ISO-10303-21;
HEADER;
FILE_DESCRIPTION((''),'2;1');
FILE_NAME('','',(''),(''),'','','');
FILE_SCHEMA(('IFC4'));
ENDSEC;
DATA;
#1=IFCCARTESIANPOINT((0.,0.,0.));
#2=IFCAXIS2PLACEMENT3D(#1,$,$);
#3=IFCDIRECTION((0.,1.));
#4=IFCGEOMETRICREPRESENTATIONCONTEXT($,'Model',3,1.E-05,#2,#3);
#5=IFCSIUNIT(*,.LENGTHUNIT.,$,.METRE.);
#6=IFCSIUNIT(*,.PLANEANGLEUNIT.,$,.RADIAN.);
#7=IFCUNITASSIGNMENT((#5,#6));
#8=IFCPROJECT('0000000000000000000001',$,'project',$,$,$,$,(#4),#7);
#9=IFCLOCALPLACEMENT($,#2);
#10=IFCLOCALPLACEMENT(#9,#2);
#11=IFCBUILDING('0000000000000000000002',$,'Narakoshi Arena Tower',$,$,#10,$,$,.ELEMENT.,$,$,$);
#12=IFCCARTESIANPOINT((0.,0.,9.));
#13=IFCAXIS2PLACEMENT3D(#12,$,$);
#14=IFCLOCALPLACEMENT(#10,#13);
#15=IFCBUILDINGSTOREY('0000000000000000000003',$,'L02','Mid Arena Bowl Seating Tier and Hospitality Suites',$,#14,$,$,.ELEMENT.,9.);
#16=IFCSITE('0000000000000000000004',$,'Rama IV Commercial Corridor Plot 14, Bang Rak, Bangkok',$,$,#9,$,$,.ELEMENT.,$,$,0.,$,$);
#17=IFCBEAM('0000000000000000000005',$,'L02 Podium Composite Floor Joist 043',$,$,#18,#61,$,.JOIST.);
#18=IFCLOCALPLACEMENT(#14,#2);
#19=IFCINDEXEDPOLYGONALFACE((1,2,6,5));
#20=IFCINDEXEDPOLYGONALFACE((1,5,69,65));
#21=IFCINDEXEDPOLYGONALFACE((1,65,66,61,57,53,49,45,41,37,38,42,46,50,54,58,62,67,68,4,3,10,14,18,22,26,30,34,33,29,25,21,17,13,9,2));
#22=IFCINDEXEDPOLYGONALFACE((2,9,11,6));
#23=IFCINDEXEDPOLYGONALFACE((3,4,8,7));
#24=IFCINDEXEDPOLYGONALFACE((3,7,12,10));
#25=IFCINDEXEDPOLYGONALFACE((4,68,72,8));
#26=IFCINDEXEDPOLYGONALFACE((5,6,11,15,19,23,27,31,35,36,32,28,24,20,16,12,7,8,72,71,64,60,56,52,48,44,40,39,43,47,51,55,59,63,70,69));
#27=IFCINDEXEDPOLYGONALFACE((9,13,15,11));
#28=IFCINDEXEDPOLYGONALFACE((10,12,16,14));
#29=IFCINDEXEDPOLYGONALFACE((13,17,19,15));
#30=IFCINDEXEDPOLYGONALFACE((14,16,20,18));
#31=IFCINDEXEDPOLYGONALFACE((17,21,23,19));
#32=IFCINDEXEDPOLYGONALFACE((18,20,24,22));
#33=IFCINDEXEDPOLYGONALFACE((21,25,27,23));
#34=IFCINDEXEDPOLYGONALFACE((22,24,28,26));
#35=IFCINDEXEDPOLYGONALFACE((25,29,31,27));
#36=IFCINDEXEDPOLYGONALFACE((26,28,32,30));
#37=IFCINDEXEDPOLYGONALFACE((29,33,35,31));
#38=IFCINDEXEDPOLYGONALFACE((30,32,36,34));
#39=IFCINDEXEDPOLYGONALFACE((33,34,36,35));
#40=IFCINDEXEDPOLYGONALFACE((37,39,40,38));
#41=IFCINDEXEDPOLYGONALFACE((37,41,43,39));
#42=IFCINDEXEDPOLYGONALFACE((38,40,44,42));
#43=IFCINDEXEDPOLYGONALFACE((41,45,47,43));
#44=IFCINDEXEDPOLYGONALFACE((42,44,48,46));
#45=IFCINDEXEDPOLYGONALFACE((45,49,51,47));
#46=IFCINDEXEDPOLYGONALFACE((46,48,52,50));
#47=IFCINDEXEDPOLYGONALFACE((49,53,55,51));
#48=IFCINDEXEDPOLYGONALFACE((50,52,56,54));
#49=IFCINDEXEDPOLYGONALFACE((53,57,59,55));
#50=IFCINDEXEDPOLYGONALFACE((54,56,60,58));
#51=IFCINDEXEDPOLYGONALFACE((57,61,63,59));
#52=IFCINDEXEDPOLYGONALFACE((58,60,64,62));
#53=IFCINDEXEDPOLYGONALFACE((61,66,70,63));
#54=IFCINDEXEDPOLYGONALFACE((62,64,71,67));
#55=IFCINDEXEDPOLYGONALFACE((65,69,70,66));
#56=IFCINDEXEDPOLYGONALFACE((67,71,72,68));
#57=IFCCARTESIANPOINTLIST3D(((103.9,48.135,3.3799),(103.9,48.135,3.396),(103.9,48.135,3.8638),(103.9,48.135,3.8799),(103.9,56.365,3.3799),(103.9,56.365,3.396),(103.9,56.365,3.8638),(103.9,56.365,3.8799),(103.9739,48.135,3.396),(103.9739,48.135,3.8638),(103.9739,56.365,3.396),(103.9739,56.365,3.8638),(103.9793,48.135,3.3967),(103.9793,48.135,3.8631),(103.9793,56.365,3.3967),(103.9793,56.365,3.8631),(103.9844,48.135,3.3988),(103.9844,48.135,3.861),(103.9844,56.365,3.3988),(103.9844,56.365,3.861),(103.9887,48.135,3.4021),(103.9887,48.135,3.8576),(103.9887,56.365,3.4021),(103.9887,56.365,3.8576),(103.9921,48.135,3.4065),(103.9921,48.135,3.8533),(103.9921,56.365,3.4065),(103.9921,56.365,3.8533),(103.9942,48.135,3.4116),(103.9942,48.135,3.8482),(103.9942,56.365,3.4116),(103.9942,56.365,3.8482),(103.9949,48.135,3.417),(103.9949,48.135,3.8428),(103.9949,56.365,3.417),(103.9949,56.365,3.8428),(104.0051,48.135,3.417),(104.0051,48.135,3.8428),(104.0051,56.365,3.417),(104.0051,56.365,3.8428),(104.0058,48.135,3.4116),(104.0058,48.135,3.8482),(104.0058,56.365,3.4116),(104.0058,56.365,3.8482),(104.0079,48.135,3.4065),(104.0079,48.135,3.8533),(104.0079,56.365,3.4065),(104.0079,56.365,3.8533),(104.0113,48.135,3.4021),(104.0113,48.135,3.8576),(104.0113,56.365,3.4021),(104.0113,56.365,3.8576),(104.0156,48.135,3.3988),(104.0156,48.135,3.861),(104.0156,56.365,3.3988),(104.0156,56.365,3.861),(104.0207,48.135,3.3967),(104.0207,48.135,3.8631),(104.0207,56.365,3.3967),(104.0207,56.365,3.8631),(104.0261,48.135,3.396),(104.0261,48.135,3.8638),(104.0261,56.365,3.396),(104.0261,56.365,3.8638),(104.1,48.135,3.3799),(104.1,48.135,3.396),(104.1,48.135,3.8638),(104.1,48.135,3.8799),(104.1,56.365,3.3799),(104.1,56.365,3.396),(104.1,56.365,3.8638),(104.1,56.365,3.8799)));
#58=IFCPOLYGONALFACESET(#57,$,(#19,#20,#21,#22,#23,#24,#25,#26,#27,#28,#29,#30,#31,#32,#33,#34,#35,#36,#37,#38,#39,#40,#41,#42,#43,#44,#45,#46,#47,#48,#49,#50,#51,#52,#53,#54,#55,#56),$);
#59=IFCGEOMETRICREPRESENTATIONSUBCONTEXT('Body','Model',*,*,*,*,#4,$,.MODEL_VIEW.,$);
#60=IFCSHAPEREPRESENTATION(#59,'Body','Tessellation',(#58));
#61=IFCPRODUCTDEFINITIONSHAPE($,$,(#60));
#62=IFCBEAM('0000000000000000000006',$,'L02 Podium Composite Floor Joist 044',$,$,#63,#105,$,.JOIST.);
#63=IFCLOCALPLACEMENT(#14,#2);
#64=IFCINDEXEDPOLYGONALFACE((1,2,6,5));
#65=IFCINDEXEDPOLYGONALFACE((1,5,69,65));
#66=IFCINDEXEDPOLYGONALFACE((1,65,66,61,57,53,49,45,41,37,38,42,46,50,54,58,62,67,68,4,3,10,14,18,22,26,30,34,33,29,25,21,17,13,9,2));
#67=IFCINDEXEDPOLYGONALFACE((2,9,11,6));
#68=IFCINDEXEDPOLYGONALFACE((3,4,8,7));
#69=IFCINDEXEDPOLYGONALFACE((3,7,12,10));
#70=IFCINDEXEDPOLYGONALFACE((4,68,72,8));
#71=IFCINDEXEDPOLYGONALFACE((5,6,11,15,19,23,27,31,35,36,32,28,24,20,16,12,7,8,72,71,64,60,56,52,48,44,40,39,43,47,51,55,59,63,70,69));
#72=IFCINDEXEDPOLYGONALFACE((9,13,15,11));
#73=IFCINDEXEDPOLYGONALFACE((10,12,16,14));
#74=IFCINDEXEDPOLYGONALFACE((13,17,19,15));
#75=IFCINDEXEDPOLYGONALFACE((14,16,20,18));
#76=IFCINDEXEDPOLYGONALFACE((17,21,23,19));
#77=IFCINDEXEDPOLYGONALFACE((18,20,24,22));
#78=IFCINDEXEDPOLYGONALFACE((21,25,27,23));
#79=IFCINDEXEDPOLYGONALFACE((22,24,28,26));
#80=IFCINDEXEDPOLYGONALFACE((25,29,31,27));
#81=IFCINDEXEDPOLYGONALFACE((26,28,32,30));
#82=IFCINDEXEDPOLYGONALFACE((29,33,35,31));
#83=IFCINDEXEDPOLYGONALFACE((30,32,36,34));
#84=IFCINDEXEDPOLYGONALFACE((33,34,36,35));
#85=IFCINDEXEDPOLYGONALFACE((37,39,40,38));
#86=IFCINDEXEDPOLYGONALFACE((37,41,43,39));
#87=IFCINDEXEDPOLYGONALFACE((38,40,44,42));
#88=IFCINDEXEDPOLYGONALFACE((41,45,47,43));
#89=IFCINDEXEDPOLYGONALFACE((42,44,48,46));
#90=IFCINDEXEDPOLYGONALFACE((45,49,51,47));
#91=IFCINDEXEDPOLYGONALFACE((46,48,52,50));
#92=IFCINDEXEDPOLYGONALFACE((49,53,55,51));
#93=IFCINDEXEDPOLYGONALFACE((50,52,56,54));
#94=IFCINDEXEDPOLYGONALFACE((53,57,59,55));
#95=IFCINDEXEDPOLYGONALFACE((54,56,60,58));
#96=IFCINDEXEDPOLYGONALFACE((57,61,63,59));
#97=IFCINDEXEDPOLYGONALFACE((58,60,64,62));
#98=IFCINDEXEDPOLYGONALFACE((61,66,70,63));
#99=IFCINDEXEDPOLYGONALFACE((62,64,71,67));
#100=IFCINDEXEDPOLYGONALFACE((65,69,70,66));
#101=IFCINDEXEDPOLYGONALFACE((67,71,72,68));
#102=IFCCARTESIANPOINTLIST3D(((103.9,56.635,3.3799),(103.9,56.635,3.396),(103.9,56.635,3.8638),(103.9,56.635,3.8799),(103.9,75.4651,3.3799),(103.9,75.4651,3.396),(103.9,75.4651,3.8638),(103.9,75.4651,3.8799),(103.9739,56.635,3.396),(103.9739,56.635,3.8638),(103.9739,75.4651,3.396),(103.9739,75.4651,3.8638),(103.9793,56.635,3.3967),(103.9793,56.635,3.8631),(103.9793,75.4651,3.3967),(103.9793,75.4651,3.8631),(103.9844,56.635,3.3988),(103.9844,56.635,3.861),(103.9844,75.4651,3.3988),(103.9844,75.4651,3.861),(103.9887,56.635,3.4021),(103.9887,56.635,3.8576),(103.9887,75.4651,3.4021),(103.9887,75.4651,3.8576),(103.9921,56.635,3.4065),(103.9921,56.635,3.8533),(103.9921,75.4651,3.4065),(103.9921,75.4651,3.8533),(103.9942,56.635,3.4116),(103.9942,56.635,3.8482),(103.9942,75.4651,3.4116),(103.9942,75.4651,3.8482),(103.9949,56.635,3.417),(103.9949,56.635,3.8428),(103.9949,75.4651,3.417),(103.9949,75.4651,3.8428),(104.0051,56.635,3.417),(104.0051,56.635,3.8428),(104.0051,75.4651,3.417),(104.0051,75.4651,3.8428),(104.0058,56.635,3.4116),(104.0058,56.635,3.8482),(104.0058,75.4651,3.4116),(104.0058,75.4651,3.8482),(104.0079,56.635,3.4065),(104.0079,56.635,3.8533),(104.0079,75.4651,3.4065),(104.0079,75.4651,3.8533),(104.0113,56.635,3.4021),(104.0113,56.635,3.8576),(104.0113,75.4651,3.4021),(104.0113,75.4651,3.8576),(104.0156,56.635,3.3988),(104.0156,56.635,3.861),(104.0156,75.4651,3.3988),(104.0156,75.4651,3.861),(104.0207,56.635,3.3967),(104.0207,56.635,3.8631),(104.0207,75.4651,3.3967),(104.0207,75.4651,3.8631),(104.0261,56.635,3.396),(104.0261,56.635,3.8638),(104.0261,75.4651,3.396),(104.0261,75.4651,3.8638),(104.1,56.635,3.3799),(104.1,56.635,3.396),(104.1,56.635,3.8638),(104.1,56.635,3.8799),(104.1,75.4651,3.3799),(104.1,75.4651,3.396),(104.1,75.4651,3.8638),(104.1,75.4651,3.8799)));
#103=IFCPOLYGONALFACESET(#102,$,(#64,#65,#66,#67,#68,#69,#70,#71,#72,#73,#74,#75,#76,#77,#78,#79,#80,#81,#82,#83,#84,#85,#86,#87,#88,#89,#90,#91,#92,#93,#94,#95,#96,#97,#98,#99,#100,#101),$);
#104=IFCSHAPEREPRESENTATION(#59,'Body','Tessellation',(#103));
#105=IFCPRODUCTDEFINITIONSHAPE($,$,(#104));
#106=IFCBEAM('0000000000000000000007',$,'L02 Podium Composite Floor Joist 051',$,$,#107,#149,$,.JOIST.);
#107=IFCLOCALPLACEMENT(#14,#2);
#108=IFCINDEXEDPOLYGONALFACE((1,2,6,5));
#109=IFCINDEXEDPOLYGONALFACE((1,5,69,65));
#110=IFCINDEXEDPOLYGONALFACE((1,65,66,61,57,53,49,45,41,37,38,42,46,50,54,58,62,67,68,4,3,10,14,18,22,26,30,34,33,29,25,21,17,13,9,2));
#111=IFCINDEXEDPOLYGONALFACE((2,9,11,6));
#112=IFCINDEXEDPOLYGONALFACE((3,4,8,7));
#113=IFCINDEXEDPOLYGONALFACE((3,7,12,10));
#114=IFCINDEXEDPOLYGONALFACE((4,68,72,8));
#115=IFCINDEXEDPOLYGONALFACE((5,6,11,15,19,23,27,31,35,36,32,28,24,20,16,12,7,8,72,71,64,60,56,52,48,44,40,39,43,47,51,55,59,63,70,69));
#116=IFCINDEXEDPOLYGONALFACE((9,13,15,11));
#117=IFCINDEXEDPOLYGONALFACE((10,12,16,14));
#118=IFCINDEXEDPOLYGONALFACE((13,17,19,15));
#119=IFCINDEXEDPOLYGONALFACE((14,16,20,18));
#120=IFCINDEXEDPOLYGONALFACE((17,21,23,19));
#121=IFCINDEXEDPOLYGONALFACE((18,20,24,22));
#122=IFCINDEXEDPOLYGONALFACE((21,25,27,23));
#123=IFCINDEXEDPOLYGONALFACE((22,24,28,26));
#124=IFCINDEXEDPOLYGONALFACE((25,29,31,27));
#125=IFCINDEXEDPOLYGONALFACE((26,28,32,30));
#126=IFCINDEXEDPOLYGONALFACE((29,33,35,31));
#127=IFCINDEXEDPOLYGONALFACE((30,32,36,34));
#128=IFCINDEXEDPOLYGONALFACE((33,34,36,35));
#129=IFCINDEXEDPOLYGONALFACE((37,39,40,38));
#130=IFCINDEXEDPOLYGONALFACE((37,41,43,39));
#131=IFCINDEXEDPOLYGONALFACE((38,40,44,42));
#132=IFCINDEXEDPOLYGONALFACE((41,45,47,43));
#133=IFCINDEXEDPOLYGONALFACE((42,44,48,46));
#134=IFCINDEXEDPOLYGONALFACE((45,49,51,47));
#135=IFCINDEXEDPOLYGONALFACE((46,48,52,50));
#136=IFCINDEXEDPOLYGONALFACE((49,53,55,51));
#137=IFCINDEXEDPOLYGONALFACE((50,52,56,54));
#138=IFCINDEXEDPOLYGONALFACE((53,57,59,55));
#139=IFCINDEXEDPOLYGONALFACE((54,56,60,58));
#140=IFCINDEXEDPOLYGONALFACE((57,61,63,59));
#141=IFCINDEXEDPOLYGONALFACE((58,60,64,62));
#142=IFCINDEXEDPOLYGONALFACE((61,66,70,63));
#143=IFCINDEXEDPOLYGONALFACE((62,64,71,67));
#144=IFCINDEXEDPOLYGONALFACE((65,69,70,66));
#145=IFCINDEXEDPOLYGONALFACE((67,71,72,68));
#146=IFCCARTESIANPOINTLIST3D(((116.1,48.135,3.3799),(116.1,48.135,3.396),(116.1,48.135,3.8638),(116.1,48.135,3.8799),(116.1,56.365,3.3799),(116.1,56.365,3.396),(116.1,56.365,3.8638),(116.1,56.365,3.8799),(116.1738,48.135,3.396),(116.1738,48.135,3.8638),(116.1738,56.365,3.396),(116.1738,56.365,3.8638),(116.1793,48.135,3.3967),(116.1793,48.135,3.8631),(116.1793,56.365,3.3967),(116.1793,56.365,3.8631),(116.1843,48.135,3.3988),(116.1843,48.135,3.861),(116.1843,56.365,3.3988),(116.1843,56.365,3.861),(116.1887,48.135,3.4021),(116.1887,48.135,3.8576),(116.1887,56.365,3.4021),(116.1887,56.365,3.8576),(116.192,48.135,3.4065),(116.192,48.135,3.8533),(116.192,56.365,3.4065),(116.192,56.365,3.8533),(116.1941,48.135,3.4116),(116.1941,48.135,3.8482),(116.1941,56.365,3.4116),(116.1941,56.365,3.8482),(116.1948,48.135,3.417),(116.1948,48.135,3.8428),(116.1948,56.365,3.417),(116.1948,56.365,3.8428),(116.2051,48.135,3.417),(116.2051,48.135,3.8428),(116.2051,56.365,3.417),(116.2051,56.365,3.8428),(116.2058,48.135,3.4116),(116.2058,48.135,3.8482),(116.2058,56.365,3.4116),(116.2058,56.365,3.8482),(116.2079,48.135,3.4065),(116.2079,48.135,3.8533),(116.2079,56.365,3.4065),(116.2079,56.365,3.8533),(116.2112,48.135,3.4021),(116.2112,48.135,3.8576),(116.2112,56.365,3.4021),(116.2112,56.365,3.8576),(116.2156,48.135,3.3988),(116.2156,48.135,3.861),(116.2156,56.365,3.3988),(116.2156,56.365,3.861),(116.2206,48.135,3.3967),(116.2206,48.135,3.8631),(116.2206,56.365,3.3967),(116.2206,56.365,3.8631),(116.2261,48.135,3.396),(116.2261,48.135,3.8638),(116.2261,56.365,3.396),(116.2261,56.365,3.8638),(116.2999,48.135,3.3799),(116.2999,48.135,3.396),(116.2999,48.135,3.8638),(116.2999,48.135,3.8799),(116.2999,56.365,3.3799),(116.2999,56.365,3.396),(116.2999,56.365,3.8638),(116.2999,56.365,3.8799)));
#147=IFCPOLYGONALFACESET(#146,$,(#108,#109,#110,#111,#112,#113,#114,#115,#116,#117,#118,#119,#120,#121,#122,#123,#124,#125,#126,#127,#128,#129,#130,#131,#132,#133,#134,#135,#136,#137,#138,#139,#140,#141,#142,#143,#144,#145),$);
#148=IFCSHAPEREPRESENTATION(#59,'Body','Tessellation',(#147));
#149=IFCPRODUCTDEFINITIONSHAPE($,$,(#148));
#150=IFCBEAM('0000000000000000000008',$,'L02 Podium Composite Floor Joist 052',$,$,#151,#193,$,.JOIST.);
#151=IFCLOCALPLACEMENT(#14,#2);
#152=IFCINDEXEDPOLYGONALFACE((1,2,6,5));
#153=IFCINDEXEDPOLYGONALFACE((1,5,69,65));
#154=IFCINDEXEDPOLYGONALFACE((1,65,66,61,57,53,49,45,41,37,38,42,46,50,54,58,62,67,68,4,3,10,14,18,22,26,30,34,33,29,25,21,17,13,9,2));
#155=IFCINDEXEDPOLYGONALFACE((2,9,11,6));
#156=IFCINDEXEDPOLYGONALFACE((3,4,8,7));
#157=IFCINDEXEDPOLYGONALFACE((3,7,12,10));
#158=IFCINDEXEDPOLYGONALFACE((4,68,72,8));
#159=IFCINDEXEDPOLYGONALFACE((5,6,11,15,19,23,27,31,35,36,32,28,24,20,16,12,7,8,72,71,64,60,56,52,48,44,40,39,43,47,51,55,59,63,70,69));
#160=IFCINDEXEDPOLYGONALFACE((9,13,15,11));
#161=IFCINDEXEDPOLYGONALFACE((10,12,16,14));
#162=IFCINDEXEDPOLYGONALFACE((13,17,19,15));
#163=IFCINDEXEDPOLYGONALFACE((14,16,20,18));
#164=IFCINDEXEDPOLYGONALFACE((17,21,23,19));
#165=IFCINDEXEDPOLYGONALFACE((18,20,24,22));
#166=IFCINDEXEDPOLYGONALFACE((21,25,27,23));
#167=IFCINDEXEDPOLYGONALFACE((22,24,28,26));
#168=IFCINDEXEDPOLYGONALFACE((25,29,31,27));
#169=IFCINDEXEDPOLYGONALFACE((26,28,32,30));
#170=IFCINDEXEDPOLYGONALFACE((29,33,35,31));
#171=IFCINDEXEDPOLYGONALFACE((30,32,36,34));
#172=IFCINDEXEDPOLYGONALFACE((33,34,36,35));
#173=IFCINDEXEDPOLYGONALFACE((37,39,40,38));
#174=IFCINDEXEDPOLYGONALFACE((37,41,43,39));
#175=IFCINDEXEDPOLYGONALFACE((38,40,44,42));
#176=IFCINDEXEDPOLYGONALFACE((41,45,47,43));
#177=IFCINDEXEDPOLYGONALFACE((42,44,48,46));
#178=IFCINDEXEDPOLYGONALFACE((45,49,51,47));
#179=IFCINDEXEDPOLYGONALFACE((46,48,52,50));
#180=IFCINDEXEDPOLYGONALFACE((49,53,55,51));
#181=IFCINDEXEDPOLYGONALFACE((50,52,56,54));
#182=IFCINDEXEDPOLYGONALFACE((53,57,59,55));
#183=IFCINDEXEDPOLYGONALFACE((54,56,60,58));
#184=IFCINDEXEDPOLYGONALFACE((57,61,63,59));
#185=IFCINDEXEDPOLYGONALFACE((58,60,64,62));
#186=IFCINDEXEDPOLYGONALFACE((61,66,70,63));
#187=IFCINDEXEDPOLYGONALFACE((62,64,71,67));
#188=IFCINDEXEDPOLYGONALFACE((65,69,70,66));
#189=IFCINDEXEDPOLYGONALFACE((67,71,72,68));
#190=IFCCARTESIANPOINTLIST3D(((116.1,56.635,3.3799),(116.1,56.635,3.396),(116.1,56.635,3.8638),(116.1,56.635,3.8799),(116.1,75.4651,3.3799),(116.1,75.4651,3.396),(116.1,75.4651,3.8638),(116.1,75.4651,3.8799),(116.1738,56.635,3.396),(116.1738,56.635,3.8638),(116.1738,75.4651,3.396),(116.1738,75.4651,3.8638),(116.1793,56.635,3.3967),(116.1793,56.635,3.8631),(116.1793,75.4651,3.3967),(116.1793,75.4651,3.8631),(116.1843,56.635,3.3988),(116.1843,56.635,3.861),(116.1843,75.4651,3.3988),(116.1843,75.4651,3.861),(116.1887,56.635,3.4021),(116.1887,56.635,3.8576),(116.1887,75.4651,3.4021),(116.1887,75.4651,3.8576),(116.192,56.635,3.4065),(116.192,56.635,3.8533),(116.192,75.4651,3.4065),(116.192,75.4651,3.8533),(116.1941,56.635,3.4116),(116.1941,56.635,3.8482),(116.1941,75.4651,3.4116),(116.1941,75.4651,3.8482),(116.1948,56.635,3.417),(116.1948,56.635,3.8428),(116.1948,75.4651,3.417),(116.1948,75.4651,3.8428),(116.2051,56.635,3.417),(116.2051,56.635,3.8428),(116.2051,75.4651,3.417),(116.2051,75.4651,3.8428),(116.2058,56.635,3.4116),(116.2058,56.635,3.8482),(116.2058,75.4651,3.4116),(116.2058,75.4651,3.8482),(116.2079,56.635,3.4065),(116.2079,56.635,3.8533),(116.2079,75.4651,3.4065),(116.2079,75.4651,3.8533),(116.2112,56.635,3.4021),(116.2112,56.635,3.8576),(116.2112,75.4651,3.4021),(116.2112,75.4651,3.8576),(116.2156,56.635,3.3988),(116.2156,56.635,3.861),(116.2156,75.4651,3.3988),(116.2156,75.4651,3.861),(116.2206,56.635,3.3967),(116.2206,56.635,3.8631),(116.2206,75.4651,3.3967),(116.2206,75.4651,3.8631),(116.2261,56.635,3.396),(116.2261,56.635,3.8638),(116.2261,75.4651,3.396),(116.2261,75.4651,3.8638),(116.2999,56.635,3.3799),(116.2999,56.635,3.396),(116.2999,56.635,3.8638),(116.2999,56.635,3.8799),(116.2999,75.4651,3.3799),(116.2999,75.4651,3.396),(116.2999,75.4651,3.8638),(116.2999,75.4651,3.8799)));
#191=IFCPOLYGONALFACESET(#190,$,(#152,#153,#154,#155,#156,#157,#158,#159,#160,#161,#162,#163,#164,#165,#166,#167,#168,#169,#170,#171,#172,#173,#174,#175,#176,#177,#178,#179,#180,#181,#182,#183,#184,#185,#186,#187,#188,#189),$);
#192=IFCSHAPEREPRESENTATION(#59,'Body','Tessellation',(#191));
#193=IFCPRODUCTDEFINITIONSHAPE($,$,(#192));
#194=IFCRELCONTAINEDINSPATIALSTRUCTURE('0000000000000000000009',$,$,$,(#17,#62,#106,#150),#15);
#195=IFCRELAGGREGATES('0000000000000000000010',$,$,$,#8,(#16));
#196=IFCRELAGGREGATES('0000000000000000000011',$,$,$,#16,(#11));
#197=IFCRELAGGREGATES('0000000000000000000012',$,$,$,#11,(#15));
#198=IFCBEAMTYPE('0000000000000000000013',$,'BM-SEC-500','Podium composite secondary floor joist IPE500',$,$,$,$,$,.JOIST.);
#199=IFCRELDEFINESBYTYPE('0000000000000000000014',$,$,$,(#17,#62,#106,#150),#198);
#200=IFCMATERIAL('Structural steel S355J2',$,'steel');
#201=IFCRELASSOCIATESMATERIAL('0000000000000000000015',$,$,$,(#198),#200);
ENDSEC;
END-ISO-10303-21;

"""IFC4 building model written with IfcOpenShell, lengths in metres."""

from ifc_helpers import new_model, si_unit, direction, frame, origin, origin_2d, place, context, subcontext, project, spatial, i_section, extrude, material, material_profile, profile_set, type_object, element, save


model = new_model("IFC4")

# Units and contexts
model_context = context("Model", 3, precision=1e-05, world=origin(), true_north=direction((0.0, 1.0)))
body_context = subcontext(model_context, "Body", "Model", "MODEL_VIEW")
ifc_project = project(units=[si_unit("LENGTHUNIT", "METRE"), si_unit("PLANEANGLEUNIT", "RADIAN")], contexts=[model_context])

# Site, building, storey
site_placement = place(None, origin())
site = spatial("IfcSite", under=ifc_project, at=site_placement, Name="Rama IV Commercial Corridor Plot 14, Bang Rak, Bangkok", CompositionType="ELEMENT", RefElevation=0.0)
building_placement = place(site_placement, origin())
building = spatial("IfcBuilding", under=site, at=building_placement, Name="Narakoshi Arena Tower", CompositionType="ELEMENT")
storey_placement = place(building_placement, frame((0.0, 0.0, 9.0)))
storey = spatial("IfcBuildingStorey", under=building, at=storey_placement, Name="L02", Description="Mid Arena Bowl Seating Tier and Hospitality Suites", CompositionType="ELEMENT", Elevation=9.0)

# Beams
ifc_material_1 = material(Name="Structural steel S355J2", Category="steel")
ifc_material_profile_1 = material_profile(ifc_material_1, i_section(OverallWidth=0.2, OverallDepth=0.5, WebThickness=0.0103, FlangeThickness=0.0161, FilletRadius=0.021, at=origin_2d()), Name="IPE500")
ifc_profile_set_1 = profile_set([ifc_material_profile_1], Name="Structural steel S355J2")
beam_type_1 = type_object("IfcBeamType", Name="BM-SEC-500", Description="Podium composite secondary floor joist IPE500", PredefinedType="JOIST", material=ifc_profile_set_1)
beam_1_placement = place(storey_placement, frame((104.0, 48.135, 3.6299), z_axis=(0.0, 1.0, 0.0), x_axis=(-1.0, 0.0, 0.0)))
element("IfcBeam", 1, at=beam_1_placement, inside=storey, type_object=beam_type_1, Name="L02 Podium Composite Floor Joist 043", PredefinedType="JOIST", context=body_context, shape_type="SweptSolid", body=[
    extrude(i_section(OverallWidth=0.2, OverallDepth=0.5, WebThickness=0.0103, FlangeThickness=0.0161, FilletRadius=0.021, at=origin_2d()), origin(), (0.0, 0.0, 1.0), 8.23),
])
beam_2_placement = place(storey_placement, frame((104.0, 56.635, 3.6299), z_axis=(0.0, 1.0, 0.0), x_axis=(-1.0, 0.0, 0.0)))
element("IfcBeam", 2, at=beam_2_placement, inside=storey, type_object=beam_type_1, Name="L02 Podium Composite Floor Joist 044", PredefinedType="JOIST", context=body_context, shape_type="SweptSolid", body=[
    extrude(i_section(OverallWidth=0.2, OverallDepth=0.5, WebThickness=0.0103, FlangeThickness=0.0161, FilletRadius=0.021, at=origin_2d()), origin(), (0.0, 0.0, 1.0), 18.8301),
])
beam_3_placement = place(storey_placement, frame((116.2, 48.135, 3.6299), z_axis=(0.0, 1.0, 0.0), x_axis=(-1.0, 0.0, 0.0)))
element("IfcBeam", 3, at=beam_3_placement, inside=storey, type_object=beam_type_1, Name="L02 Podium Composite Floor Joist 051", PredefinedType="JOIST", context=body_context, shape_type="SweptSolid", body=[
    extrude(i_section(OverallWidth=0.2, OverallDepth=0.5, WebThickness=0.0103, FlangeThickness=0.0161, FilletRadius=0.021, at=origin_2d()), origin(), (0.0, 0.0, 1.0), 8.23),
])
beam_4_placement = place(storey_placement, frame((116.2, 56.635, 3.6299), z_axis=(0.0, 1.0, 0.0), x_axis=(-1.0, 0.0, 0.0)))
element("IfcBeam", 4, at=beam_4_placement, inside=storey, type_object=beam_type_1, Name="L02 Podium Composite Floor Joist 052", PredefinedType="JOIST", context=body_context, shape_type="SweptSolid", body=[
    extrude(i_section(OverallWidth=0.2, OverallDepth=0.5, WebThickness=0.0103, FlangeThickness=0.0161, FilletRadius=0.021, at=origin_2d()), origin(), (0.0, 0.0, 1.0), 18.8301),
])

save(model, "model.ifc")
